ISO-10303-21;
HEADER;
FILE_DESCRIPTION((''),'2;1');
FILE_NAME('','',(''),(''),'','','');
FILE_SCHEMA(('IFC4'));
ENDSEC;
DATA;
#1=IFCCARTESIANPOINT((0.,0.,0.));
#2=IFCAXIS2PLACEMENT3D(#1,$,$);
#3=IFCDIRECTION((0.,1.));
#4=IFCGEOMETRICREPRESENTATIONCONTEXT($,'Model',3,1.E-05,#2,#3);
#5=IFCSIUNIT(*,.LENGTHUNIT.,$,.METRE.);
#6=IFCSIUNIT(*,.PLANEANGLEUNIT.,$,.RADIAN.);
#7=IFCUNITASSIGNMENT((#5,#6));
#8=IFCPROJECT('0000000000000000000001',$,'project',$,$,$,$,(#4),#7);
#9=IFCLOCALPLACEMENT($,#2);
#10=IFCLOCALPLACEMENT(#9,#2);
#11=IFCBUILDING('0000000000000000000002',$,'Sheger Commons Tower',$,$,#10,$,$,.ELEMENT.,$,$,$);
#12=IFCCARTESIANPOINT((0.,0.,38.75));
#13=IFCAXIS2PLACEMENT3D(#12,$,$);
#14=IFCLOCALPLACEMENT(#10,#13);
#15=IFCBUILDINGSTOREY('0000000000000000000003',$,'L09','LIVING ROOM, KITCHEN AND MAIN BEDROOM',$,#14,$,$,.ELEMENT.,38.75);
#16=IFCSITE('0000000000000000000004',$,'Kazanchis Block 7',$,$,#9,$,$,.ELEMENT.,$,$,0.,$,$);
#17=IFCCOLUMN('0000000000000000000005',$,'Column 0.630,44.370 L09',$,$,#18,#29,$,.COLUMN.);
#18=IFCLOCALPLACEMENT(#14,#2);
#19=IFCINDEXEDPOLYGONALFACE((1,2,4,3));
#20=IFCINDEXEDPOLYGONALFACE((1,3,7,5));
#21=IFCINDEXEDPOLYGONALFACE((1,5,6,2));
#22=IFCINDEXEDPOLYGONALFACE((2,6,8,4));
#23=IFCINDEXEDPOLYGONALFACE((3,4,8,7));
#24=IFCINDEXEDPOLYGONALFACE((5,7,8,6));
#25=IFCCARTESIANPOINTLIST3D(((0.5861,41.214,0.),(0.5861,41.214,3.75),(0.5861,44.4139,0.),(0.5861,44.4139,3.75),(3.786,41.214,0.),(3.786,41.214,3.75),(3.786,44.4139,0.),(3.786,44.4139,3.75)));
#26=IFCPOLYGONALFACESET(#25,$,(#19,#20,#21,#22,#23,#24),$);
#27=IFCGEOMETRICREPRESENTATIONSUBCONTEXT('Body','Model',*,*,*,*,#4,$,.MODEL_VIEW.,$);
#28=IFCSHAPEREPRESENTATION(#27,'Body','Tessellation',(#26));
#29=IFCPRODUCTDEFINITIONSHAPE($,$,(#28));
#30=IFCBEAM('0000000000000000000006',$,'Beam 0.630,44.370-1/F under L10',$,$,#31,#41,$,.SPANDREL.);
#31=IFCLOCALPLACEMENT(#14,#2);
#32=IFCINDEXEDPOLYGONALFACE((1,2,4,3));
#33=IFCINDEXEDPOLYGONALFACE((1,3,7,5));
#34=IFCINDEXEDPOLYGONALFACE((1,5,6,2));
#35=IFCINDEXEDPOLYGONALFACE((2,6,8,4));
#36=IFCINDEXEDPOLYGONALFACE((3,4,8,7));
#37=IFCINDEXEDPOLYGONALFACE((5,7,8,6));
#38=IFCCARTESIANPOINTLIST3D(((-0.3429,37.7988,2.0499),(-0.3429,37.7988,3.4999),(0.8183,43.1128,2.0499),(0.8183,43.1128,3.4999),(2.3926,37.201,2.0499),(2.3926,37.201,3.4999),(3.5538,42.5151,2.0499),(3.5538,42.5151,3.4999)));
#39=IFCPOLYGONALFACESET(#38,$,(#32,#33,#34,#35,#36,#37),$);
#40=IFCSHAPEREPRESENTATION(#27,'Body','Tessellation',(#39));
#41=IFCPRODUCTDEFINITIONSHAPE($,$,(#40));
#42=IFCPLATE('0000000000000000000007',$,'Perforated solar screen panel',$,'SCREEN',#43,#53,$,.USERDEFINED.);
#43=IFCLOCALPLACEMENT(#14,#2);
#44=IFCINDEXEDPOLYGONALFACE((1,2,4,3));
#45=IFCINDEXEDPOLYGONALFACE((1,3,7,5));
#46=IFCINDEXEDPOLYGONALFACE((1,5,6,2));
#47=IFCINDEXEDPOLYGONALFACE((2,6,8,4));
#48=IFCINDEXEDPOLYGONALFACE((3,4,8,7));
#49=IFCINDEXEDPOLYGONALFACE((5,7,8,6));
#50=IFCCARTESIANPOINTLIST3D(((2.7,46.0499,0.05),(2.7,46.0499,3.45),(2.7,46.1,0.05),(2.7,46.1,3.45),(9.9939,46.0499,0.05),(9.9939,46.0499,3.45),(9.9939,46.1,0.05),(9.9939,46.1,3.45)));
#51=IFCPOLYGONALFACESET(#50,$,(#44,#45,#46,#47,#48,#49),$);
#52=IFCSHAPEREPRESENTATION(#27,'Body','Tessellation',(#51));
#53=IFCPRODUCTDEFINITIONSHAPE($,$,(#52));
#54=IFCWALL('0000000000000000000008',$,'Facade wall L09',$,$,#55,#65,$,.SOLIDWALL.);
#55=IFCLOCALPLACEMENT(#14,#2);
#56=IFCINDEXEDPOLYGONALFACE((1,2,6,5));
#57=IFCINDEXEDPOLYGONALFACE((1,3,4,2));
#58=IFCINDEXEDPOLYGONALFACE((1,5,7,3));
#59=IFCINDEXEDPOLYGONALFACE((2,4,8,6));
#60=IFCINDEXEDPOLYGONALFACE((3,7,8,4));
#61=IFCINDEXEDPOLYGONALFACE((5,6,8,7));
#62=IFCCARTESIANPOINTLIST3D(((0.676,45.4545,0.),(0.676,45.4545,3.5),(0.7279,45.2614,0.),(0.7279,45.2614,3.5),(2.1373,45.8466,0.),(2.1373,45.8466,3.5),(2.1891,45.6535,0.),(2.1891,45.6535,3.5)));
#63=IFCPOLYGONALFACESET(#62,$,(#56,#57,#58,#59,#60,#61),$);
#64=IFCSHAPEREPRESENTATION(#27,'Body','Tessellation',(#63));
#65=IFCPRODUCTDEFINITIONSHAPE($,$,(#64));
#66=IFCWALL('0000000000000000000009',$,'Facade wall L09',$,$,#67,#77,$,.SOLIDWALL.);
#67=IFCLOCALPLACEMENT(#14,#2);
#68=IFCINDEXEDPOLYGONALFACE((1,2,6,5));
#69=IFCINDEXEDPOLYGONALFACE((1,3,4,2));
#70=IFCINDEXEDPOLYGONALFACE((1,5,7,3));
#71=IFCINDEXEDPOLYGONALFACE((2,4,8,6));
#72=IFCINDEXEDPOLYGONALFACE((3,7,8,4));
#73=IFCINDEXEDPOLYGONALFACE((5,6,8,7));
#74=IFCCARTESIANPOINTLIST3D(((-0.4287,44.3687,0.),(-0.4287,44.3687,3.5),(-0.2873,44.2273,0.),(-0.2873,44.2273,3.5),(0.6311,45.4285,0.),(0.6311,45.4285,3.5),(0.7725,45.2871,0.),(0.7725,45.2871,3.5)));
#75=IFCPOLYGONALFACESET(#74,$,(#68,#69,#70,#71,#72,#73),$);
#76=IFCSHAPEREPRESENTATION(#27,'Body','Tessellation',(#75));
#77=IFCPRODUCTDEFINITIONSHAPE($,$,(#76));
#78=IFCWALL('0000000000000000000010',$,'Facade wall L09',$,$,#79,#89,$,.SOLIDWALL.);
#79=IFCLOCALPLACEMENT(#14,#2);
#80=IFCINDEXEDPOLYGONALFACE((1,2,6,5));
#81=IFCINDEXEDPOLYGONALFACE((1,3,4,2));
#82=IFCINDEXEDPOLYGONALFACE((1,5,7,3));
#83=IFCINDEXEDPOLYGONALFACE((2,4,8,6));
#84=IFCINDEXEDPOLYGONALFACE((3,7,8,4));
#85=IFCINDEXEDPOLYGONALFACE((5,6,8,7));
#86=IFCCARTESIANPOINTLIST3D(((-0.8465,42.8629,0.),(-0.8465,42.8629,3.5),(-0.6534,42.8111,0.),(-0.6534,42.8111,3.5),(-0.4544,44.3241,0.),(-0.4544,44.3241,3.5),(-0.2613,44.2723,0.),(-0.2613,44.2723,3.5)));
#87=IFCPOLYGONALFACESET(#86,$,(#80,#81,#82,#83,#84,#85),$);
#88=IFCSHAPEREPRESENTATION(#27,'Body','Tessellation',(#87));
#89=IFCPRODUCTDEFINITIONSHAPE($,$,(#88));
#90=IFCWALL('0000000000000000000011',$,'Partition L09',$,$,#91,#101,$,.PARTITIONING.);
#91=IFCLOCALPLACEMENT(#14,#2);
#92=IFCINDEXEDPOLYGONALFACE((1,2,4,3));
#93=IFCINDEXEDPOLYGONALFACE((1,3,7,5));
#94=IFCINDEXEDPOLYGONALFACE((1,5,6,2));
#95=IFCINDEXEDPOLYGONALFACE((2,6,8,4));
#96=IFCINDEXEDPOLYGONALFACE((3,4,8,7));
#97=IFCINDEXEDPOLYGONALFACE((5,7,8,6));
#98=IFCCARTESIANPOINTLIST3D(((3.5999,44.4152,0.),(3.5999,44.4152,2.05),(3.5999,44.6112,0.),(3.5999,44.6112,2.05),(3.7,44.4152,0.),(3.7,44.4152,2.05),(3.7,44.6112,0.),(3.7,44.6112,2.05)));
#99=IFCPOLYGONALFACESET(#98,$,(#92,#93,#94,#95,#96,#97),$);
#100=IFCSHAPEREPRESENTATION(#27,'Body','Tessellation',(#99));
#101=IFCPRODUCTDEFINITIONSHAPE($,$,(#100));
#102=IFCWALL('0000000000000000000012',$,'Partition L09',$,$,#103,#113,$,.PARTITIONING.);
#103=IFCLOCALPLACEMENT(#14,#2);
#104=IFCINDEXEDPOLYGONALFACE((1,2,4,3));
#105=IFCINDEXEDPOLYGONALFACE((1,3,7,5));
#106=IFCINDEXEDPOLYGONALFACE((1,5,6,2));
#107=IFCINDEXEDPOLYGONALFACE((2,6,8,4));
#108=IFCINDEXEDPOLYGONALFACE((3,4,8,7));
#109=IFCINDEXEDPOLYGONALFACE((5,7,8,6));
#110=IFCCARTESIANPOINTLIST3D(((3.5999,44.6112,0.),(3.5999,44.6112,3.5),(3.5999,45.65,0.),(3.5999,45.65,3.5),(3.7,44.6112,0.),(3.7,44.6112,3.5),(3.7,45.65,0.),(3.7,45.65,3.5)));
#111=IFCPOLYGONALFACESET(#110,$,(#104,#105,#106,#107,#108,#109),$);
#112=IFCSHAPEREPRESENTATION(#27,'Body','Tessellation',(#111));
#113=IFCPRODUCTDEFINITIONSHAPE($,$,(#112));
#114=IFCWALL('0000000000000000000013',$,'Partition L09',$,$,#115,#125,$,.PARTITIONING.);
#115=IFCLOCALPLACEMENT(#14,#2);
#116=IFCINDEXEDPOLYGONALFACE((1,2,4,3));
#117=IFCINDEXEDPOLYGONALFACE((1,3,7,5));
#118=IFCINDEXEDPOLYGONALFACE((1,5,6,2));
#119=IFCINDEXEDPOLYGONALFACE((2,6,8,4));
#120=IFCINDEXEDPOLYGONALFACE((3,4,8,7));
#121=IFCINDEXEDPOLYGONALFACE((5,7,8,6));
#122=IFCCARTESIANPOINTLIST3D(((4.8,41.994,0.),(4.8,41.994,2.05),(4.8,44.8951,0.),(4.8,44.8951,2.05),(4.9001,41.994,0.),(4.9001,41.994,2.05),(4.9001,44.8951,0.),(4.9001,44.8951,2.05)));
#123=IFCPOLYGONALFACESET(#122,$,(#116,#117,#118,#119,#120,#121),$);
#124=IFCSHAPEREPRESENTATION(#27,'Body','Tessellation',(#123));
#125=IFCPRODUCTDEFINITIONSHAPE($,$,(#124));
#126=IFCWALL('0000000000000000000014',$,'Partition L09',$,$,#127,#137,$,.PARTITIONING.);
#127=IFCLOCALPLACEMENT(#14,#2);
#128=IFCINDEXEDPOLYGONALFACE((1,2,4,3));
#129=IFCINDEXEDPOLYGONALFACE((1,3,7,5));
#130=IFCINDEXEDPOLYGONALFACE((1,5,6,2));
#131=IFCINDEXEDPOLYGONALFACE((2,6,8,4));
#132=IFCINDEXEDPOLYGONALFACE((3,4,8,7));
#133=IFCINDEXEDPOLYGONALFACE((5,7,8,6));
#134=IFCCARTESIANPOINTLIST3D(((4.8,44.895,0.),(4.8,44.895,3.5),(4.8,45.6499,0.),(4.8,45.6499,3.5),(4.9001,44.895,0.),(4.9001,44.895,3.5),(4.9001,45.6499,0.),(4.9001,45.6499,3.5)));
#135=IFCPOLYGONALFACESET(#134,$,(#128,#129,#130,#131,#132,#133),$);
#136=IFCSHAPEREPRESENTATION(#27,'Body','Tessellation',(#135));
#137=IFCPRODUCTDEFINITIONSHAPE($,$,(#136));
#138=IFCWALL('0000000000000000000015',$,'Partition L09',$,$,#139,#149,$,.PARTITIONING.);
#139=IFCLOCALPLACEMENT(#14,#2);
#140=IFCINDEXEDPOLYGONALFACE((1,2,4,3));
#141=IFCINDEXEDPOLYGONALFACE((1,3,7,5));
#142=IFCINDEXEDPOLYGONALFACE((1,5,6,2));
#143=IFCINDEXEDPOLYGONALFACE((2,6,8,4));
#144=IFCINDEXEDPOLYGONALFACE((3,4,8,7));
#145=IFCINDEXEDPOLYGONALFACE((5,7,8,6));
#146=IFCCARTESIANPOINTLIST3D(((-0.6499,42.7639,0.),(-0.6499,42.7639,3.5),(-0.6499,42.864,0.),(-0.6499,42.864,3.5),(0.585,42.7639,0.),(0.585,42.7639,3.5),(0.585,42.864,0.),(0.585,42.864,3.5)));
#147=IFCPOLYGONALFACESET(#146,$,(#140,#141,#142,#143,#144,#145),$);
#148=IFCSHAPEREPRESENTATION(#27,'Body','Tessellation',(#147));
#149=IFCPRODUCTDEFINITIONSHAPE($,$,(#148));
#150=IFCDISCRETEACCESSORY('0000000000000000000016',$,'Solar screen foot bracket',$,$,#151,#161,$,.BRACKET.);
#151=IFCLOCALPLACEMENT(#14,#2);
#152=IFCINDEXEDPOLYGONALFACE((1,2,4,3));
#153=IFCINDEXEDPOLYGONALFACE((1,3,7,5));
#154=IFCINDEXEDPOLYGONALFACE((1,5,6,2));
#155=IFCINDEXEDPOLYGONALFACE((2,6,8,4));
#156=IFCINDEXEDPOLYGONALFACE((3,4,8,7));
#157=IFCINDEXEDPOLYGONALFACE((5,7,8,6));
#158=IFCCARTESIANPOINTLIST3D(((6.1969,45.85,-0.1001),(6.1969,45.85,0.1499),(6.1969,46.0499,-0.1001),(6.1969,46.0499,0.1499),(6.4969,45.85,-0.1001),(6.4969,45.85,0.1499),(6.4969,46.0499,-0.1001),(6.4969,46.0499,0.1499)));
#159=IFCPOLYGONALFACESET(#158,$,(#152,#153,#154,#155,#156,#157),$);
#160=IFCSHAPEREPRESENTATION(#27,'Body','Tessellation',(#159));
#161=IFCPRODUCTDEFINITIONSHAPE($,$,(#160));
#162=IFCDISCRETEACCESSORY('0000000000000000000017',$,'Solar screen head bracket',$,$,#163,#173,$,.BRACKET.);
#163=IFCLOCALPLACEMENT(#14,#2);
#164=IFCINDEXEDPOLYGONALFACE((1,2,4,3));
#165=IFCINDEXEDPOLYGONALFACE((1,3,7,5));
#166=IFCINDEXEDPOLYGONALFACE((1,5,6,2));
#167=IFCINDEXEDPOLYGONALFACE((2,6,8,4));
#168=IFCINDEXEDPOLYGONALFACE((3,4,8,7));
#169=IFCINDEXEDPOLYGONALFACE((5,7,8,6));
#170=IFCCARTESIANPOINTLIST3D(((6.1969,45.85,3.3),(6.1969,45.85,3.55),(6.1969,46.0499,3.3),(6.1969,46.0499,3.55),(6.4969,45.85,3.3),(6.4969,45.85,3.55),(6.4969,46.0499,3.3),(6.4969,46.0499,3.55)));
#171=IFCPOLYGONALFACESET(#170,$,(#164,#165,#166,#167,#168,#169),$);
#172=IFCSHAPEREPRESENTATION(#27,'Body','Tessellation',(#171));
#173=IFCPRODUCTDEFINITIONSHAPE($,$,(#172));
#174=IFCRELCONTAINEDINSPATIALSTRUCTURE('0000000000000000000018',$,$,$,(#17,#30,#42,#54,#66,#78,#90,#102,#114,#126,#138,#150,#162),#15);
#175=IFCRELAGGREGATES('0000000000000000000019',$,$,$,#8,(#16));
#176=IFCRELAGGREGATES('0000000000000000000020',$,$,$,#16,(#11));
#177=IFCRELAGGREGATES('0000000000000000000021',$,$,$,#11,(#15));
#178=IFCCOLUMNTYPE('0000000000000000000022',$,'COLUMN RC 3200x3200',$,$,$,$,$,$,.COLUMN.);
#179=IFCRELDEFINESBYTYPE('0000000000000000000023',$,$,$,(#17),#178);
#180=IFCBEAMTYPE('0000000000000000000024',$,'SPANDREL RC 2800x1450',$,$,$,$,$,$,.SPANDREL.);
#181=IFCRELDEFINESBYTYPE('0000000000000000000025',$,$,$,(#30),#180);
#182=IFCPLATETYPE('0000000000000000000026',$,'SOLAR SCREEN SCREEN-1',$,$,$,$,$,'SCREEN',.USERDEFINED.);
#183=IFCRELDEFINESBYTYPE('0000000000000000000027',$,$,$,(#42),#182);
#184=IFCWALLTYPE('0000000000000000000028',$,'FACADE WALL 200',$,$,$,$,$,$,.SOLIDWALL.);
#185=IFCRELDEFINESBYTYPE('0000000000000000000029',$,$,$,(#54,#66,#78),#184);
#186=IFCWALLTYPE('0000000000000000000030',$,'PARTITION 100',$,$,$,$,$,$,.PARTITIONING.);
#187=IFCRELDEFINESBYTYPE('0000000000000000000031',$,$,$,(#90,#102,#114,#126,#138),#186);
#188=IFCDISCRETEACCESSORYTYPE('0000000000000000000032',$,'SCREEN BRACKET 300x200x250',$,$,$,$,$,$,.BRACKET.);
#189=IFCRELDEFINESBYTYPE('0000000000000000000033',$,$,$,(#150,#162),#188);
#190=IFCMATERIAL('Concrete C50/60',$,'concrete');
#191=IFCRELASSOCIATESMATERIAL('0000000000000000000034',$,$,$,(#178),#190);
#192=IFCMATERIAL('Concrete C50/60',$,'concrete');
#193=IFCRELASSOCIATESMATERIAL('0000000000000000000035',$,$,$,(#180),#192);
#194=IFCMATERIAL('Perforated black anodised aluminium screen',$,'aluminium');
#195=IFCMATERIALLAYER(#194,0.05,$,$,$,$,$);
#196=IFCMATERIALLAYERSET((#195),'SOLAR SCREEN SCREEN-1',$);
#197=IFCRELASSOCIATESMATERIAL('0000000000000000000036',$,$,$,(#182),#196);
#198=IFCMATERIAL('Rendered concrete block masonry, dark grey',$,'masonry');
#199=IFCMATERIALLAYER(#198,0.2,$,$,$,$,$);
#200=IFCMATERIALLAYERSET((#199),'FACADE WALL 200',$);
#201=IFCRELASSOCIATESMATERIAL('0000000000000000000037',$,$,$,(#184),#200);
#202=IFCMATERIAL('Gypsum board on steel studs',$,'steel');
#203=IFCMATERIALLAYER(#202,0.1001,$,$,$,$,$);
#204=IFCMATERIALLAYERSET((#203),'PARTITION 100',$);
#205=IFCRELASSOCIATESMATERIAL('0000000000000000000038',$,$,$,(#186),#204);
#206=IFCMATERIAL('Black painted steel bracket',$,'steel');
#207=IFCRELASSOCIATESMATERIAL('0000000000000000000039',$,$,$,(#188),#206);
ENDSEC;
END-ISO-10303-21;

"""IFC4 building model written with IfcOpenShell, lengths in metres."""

from ifc_helpers import new_model, si_unit, direction, frame, frame_2d, origin, origin_2d, place, context, subcontext, project, spatial, rectangle, extrude, material, layer, layer_set, material_profile, profile_set, type_object, element, save


model = new_model("IFC4")

# Units and contexts
model_context = context("Model", 3, precision=1e-05, world=origin(), true_north=direction((0.0, 1.0)))
body_context = subcontext(model_context, "Body", "Model", "MODEL_VIEW")
ifc_project = project(units=[si_unit("LENGTHUNIT", "METRE"), si_unit("PLANEANGLEUNIT", "RADIAN")], contexts=[model_context])

# Site, building, storey
site_placement = place(None, origin())
site = spatial("IfcSite", under=ifc_project, at=site_placement, Name="Kazanchis Block 7", CompositionType="ELEMENT", RefElevation=0.0)
building_placement = place(site_placement, origin())
building = spatial("IfcBuilding", under=site, at=building_placement, Name="Sheger Commons Tower", CompositionType="ELEMENT")
storey_placement = place(building_placement, frame((0.0, 0.0, 38.75)))
storey = spatial("IfcBuildingStorey", under=building, at=storey_placement, Name="L09", Description="LIVING ROOM, KITCHEN AND MAIN BEDROOM", CompositionType="ELEMENT", Elevation=38.75)

# Column
ifc_material_1 = material(Name="Concrete C50/60", Category="concrete")
ifc_material_profile_1 = material_profile(ifc_material_1, rectangle(XDim=3.2, YDim=3.2, at=origin_2d()), Name="RC 3200x3200")
ifc_profile_set_1 = profile_set([ifc_material_profile_1], Name="Concrete C50/60")
column_type = type_object("IfcColumnType", Name="COLUMN RC 3200x3200", PredefinedType="COLUMN", material=ifc_profile_set_1)
column_placement = place(storey_placement, frame((2.186, 42.814, 0.0), z_axis=(0.0, 0.0, 1.0), x_axis=(1.0, 0.0, 0.0)))
element("IfcColumn", 1, at=column_placement, inside=storey, type_object=column_type, Name="Column 0.630,44.370 L09", PredefinedType="COLUMN", context=body_context, shape_type="SweptSolid", body=[
    extrude(rectangle(XDim=3.2, YDim=3.2, at=origin_2d()), origin(), (0.0, 0.0, 1.0), 3.75),
])

# Beam
ifc_material_2 = material(Name="Concrete C50/60", Category="concrete")
ifc_material_profile_2 = material_profile(ifc_material_2, rectangle(XDim=2.8, YDim=1.45, at=origin_2d()), Name="RC 2800x1450")
ifc_profile_set_2 = profile_set([ifc_material_profile_2], Name="Concrete C50/60")
beam_type = type_object("IfcBeamType", Name="SPANDREL RC 2800x1450", PredefinedType="SPANDREL", material=ifc_profile_set_2)
beam_placement = place(storey_placement, frame((2.186, 42.814, 2.7749), z_axis=(-0.213469, -0.97695, 0.0), x_axis=(0.97695, -0.213469, 0.0)))
element("IfcBeam", 2, at=beam_placement, inside=storey, type_object=beam_type, Name="Beam 0.630,44.370-1/F under L10", PredefinedType="SPANDREL", context=body_context, shape_type="SweptSolid", body=[
    extrude(rectangle(XDim=2.8, YDim=1.45, at=origin_2d()), origin(), (0.0, 0.0, 1.0), 5.4395),
])

# Plate
ifc_material_3 = material(Name="Perforated black anodised aluminium screen", Category="aluminium")
ifc_layer_1 = layer(ifc_material_3, 0.05)
ifc_layer_set_1 = layer_set([ifc_layer_1], Name="SOLAR SCREEN SCREEN-1")
plate_type = type_object("IfcPlateType", Name="SOLAR SCREEN SCREEN-1", ElementType="SCREEN", PredefinedType="USERDEFINED", material=ifc_layer_set_1)
plate_placement = place(storey_placement, frame((6.3469, 46.075, 0.05), z_axis=(0.0, 0.0, 1.0), x_axis=(-1.0, 0.0, 0.0)))
element("IfcPlate", 3, at=plate_placement, inside=storey, type_object=plate_type, Name="Perforated solar screen panel", ObjectType="SCREEN", PredefinedType="USERDEFINED", context=body_context, shape_type="SweptSolid", body=[
    extrude(rectangle(XDim=7.2939, YDim=0.05, at=origin_2d()), origin(), (0.0, 0.0, 1.0), 3.3999),
])

# Walls
ifc_material_4 = material(Name="Rendered concrete block masonry, dark grey", Category="masonry")
ifc_layer_2 = layer(ifc_material_4, 0.2)
ifc_layer_set_2 = layer_set([ifc_layer_2], Name="FACADE WALL 200")
wall_type_1 = type_object("IfcWallType", Name="FACADE WALL 200", PredefinedType="SOLIDWALL", material=ifc_layer_set_2)
wall_1_placement = place(storey_placement, frame((2.1631, 45.75, 0.0), z_axis=(0.0, 0.0, 1.0), x_axis=(-0.965832, -0.259169, 0.0)))
element("IfcWall", 4, at=wall_1_placement, inside=storey, type_object=wall_type_1, Name="Facade wall L09", PredefinedType="SOLIDWALL", context=body_context, shape_type="SweptSolid", body=[
    extrude(rectangle(XDim=1.5129, YDim=0.2, at=frame_2d((0.7563, 0.0))), origin(), (0.0, 0.0, 1.0), 3.5),
])
wall_2_placement = place(storey_placement, frame((0.7019, 45.3579, 0.0), z_axis=(0.0, 0.0, 1.0), x_axis=(-0.707107, -0.707107, 0.0)))
element("IfcWall", 5, at=wall_2_placement, inside=storey, type_object=wall_type_1, Name="Facade wall L09", PredefinedType="SOLIDWALL", context=body_context, shape_type="SweptSolid", body=[
    extrude(rectangle(XDim=1.4988, YDim=0.2, at=frame_2d((0.7495, 0.0))), origin(), (0.0, 0.0, 1.0), 3.5),
])
wall_3_placement = place(storey_placement, frame((-0.3579, 44.2981, 0.0), z_axis=(0.0, 0.0, 1.0), x_axis=(-0.259169, -0.965832, 0.0)))
element("IfcWall", 6, at=wall_3_placement, inside=storey, type_object=wall_type_1, Name="Facade wall L09", PredefinedType="SOLIDWALL", context=body_context, shape_type="SweptSolid", body=[
    extrude(rectangle(XDim=1.5129, YDim=0.2, at=frame_2d((0.7563, 0.0))), origin(), (0.0, 0.0, 1.0), 3.5),
])

# Walls
ifc_material_5 = material(Name="Gypsum board on steel studs", Category="steel")
ifc_layer_3 = layer(ifc_material_5, 0.1001)
ifc_layer_set_3 = layer_set([ifc_layer_3], Name="PARTITION 100")
wall_type_2 = type_object("IfcWallType", Name="PARTITION 100", PredefinedType="PARTITIONING", material=ifc_layer_set_3)
wall_4_placement = place(storey_placement, frame((3.6499, 44.415, 0.0), z_axis=(0.0, 0.0, 1.0), x_axis=(0.0, 1.0, 0.0)))
element("IfcWall", 7, at=wall_4_placement, inside=storey, type_object=wall_type_2, Name="Partition L09", PredefinedType="PARTITIONING", context=body_context, shape_type="SweptSolid", body=[
    extrude(rectangle(XDim=0.196, YDim=0.1001, at=frame_2d((0.0981, 0.0))), origin(), (0.0, 0.0, 1.0), 2.05),
])
wall_5_placement = place(storey_placement, frame((3.6499, 44.6111, 0.0), z_axis=(0.0, 0.0, 1.0), x_axis=(0.0, 1.0, 0.0)))
element("IfcWall", 8, at=wall_5_placement, inside=storey, type_object=wall_type_2, Name="Partition L09", PredefinedType="PARTITIONING", context=body_context, shape_type="SweptSolid", body=[
    extrude(rectangle(XDim=1.0388, YDim=0.1001, at=frame_2d((0.5195, 0.0))), origin(), (0.0, 0.0, 1.0), 3.5),
])
wall_6_placement = place(storey_placement, frame((4.8501, 41.9939, 0.0), z_axis=(0.0, 0.0, 1.0), x_axis=(0.0, 1.0, 0.0)))
element("IfcWall", 9, at=wall_6_placement, inside=storey, type_object=wall_type_2, Name="Partition L09", PredefinedType="PARTITIONING", context=body_context, shape_type="SweptSolid", body=[
    extrude(rectangle(XDim=2.9011, YDim=0.1001, at=frame_2d((1.4507, 0.0))), origin(), (0.0, 0.0, 1.0), 2.05),
])
wall_7_placement = place(storey_placement, frame((4.8501, 44.895, 0.0), z_axis=(0.0, 0.0, 1.0), x_axis=(0.0, 1.0, 0.0)))
element("IfcWall", 10, at=wall_7_placement, inside=storey, type_object=wall_type_2, Name="Partition L09", PredefinedType="PARTITIONING", context=body_context, shape_type="SweptSolid", body=[
    extrude(rectangle(XDim=0.7549, YDim=0.1001, at=frame_2d((0.3774, 0.0))), origin(), (0.0, 0.0, 1.0), 3.5),
])
wall_8_placement = place(storey_placement, frame((-0.6499, 42.814, 0.0), z_axis=(0.0, 0.0, 1.0), x_axis=(1.0, 0.0, 0.0)))
element("IfcWall", 11, at=wall_8_placement, inside=storey, type_object=wall_type_2, Name="Partition L09", PredefinedType="PARTITIONING", context=body_context, shape_type="SweptSolid", body=[
    extrude(rectangle(XDim=1.2349, YDim=0.1001, at=frame_2d((0.6174, 0.0))), origin(), (0.0, 0.0, 1.0), 3.5),
])

# Discrete accessories
ifc_material_6 = material(Name="Black painted steel bracket", Category="steel")
discrete_accessory_type = type_object("IfcDiscreteAccessoryType", Name="SCREEN BRACKET 300x200x250", PredefinedType="BRACKET", material=ifc_material_6)
for number, where, z_axis, x_axis, name in (
    (12, (6.3469, 45.95, -0.1001), (0.0, 0.0, 1.0), (-1.0, 0.0, 0.0), "Solar screen foot bracket"),
    (13, (6.3469, 45.95, 3.3), (0.0, 0.0, 1.0), (-1.0, 0.0, 0.0), "Solar screen head bracket"),
):
    element("IfcDiscreteAccessory", number, at=place(storey_placement, frame(where, z_axis=z_axis, x_axis=x_axis)), inside=storey, type_object=discrete_accessory_type, Name=name, PredefinedType="BRACKET", context=body_context, shape_type="SweptSolid", body=[
        extrude(rectangle(XDim=0.3, YDim=0.2, at=origin_2d()), origin(), (0.0, 0.0, 1.0), 0.25),
    ])

save(model, "model.ifc")
